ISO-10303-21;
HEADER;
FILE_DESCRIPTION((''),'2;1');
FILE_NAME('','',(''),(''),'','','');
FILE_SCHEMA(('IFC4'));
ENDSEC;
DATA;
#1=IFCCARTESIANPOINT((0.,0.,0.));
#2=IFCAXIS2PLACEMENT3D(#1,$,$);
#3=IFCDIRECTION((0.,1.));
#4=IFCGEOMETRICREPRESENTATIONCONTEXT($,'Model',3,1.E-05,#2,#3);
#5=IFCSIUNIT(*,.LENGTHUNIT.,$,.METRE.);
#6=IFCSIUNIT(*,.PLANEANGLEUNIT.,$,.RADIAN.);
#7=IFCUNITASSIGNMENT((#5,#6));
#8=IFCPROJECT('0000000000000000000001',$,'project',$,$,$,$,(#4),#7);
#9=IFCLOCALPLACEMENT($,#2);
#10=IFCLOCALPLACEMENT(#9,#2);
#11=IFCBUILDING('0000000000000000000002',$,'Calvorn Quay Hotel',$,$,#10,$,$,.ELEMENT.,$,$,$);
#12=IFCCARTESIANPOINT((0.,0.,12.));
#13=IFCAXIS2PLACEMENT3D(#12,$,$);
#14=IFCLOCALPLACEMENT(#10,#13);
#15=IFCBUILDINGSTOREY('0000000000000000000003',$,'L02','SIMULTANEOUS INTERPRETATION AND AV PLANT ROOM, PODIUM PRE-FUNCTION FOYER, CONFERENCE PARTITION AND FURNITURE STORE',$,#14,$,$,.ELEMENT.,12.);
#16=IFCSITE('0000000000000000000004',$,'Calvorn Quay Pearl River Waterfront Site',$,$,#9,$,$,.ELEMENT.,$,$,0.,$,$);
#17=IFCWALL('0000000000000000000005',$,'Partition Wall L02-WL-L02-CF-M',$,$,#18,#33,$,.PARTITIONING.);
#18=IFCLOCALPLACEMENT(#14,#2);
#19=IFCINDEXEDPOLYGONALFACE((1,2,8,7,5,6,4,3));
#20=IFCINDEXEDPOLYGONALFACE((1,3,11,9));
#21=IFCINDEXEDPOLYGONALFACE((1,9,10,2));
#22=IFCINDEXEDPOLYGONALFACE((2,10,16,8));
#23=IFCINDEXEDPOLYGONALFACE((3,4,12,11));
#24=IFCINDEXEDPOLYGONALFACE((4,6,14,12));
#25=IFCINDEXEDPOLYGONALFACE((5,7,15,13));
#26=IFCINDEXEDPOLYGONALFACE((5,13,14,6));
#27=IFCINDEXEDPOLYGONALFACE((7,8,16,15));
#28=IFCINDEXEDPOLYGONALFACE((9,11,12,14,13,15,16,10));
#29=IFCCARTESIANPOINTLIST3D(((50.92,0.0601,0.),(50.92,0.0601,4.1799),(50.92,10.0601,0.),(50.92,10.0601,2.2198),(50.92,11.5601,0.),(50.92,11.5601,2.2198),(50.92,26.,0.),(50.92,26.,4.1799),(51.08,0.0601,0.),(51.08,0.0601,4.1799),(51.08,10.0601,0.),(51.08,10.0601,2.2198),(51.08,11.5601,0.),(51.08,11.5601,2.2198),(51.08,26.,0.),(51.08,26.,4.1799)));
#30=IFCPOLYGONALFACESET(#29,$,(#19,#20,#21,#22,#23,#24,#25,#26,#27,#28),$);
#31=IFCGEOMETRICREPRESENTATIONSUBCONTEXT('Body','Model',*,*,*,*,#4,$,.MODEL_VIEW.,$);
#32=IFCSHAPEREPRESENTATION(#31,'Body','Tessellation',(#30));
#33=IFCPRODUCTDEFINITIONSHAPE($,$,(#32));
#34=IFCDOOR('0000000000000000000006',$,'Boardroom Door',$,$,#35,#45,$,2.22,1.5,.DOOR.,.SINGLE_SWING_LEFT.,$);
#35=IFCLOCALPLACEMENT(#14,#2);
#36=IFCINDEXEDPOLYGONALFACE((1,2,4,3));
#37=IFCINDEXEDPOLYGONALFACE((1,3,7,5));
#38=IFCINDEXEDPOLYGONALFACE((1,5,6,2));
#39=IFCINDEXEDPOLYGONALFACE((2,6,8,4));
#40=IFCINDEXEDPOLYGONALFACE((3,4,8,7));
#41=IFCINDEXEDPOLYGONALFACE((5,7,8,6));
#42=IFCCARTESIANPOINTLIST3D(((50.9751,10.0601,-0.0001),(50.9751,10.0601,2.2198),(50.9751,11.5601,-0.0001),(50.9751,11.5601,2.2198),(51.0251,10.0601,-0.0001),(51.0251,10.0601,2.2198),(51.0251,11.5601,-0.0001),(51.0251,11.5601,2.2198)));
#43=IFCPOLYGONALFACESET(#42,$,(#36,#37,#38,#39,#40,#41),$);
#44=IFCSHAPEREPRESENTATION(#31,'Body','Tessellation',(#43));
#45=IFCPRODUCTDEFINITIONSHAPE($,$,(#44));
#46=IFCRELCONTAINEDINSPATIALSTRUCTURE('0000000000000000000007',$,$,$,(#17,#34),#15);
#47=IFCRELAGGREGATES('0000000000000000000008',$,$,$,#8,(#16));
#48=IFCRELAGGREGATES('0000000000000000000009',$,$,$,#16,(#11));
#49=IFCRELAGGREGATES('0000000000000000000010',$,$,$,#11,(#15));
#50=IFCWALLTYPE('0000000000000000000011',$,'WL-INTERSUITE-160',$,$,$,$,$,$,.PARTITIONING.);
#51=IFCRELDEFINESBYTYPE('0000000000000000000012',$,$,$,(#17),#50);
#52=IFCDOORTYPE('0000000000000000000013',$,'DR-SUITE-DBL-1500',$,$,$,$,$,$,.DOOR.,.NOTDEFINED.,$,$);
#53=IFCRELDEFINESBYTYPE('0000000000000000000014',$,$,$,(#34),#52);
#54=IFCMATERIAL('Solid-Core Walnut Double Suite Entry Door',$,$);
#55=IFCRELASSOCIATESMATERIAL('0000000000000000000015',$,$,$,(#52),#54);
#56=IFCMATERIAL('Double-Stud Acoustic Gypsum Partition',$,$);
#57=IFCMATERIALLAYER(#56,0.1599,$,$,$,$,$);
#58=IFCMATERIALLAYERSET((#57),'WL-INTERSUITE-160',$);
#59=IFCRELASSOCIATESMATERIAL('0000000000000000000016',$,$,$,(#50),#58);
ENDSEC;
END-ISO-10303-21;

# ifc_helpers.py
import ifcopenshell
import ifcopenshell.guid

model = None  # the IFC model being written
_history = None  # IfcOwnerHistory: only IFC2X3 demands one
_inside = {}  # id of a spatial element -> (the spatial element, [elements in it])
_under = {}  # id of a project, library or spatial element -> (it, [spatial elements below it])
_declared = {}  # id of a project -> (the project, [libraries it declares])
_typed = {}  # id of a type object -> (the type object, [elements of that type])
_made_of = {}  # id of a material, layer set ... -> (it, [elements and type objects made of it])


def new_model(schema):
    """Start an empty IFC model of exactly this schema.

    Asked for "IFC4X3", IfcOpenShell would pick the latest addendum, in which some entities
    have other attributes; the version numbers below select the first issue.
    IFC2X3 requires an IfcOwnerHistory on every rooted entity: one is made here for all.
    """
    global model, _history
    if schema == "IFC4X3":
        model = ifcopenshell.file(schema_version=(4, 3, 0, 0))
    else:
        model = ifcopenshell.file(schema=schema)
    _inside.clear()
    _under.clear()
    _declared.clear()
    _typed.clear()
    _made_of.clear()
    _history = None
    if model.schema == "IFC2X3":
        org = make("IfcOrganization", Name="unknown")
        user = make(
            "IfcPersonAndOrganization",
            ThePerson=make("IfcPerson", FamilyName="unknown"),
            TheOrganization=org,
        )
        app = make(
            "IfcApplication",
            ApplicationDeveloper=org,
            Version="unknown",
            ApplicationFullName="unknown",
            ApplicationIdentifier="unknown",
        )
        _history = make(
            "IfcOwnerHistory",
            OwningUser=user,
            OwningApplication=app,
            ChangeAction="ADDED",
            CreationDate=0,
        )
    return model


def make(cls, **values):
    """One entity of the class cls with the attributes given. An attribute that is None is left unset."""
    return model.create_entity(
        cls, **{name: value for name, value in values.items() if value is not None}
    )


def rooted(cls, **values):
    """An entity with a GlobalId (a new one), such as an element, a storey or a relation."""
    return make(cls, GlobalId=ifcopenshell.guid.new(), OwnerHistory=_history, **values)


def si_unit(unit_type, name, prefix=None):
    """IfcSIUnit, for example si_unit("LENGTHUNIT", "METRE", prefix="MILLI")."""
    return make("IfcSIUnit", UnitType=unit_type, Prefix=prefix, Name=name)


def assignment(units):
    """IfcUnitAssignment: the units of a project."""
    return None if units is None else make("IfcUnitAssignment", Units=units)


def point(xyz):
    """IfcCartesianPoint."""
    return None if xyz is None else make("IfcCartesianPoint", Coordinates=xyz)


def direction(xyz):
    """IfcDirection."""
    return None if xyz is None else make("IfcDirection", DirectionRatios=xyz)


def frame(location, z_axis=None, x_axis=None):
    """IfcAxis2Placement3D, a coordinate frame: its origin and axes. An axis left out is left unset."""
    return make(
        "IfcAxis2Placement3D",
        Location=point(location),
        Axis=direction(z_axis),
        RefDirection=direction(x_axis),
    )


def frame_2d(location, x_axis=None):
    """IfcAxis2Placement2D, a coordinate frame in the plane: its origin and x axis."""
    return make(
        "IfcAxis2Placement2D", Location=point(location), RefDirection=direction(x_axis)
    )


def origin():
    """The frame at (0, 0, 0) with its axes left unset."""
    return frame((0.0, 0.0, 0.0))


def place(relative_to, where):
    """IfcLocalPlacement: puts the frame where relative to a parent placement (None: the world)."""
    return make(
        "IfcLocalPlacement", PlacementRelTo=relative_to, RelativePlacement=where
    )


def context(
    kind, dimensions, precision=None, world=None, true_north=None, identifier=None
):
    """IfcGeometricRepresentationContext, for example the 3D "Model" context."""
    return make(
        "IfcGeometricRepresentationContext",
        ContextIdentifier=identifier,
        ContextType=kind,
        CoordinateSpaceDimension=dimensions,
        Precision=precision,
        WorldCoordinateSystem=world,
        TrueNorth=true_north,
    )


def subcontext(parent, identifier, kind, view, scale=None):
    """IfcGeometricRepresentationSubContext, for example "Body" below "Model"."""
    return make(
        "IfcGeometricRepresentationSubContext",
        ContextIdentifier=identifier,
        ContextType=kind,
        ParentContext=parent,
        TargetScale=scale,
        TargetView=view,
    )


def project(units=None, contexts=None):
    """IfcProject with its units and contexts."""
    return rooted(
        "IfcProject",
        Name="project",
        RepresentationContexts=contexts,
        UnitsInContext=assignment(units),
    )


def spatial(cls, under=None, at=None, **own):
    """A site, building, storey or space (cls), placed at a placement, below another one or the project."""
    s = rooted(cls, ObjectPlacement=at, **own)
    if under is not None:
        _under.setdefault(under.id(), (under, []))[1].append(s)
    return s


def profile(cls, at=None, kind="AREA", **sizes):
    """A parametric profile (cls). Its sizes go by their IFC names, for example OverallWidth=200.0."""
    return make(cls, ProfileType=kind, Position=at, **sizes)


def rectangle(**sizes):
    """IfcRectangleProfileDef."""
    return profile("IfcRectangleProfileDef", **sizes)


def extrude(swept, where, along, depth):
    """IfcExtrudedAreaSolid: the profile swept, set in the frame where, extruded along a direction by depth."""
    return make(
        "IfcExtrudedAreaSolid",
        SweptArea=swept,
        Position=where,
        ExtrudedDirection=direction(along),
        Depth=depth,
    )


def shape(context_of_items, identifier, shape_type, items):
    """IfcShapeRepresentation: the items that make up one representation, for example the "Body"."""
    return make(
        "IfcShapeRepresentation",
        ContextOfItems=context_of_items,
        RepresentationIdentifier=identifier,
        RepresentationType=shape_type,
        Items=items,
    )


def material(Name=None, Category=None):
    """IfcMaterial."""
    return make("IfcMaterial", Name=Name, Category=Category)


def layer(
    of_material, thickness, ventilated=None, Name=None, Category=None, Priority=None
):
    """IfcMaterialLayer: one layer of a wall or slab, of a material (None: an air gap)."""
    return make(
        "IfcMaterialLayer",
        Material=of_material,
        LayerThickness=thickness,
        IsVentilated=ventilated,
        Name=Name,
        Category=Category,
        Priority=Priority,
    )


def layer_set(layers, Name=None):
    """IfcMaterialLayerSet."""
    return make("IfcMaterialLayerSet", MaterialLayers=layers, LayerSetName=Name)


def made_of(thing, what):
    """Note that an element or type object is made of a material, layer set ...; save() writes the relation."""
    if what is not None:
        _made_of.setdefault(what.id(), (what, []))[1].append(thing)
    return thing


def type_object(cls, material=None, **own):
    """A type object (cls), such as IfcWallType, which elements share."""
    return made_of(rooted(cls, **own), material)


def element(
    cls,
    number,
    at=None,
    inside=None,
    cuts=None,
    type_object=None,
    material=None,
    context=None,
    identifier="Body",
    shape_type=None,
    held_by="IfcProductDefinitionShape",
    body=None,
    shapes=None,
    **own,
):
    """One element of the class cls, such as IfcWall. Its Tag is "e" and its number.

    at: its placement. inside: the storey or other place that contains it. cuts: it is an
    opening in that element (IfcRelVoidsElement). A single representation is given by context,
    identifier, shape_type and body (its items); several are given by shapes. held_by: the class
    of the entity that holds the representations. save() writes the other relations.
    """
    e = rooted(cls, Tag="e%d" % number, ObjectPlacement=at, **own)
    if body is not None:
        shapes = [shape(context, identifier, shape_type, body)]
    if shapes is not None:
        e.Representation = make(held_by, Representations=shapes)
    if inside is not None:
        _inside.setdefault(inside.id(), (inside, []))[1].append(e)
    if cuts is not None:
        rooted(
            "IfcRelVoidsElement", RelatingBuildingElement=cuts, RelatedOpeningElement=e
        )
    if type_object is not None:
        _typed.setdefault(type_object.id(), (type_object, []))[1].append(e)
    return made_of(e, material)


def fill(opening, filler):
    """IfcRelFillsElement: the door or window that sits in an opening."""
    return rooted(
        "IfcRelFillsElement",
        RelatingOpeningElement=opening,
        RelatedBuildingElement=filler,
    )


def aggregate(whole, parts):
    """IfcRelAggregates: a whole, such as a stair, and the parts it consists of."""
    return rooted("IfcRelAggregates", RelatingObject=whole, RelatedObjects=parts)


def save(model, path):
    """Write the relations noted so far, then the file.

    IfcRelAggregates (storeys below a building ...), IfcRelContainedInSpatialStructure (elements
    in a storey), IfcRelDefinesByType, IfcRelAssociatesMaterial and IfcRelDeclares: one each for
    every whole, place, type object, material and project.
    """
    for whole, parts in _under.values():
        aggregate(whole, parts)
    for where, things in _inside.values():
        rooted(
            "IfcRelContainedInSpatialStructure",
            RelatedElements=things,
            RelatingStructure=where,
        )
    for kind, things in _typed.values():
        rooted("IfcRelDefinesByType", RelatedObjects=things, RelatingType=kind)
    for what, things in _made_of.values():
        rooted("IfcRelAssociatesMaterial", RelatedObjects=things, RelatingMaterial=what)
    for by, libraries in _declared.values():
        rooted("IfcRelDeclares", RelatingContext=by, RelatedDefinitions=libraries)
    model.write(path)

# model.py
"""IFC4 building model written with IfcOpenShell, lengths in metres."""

from ifc_helpers import new_model, si_unit, direction, frame, frame_2d, origin, place, context, subcontext, project, spatial, rectangle, extrude, material, layer, layer_set, type_object, element, fill, save


model = new_model("IFC4")

# Units and contexts
model_context = context("Model", 3, precision=1e-05, world=origin(), true_north=direction((0.0, 1.0)))
body_context = subcontext(model_context, "Body", "Model", "MODEL_VIEW")
ifc_project = project(units=[si_unit("LENGTHUNIT", "METRE"), si_unit("PLANEANGLEUNIT", "RADIAN")], contexts=[model_context])

# Site, building, storey
site_placement = place(None, origin())
site = spatial("IfcSite", under=ifc_project, at=site_placement, Name="Calvorn Quay Pearl River Waterfront Site", CompositionType="ELEMENT", RefElevation=0.0)
building_placement = place(site_placement, origin())
building = spatial("IfcBuilding", under=site, at=building_placement, Name="Calvorn Quay Hotel", CompositionType="ELEMENT")
storey_placement = place(building_placement, frame((0.0, 0.0, 12.0)))
storey = spatial("IfcBuildingStorey", under=building, at=storey_placement, Name="L02", Description="SIMULTANEOUS INTERPRETATION AND AV PLANT ROOM, PODIUM PRE-FUNCTION FOYER, CONFERENCE PARTITION AND FURNITURE STORE", CompositionType="ELEMENT", Elevation=12.0)

# Shared definitions
ifc_material_1 = material(Name="Solid-Core Walnut Double Suite Entry Door")
door_type_1 = type_object("IfcDoorType", Name="DR-SUITE-DBL-1500", OperationType="NOTDEFINED", PredefinedType="DOOR", material=ifc_material_1)

# Wall, opening, door
ifc_material_2 = material(Name="Double-Stud Acoustic Gypsum Partition")
ifc_layer_1 = layer(ifc_material_2, 0.1599)
ifc_layer_set_1 = layer_set([ifc_layer_1], Name="WL-INTERSUITE-160")
wall_type_1 = type_object("IfcWallType", Name="WL-INTERSUITE-160", PredefinedType="PARTITIONING", material=ifc_layer_set_1)
wall_1_placement = place(storey_placement, frame((51.0, 0.0601, 0.0), z_axis=(0.0, 0.0, 1.0), x_axis=(0.0, 1.0, 0.0)))
wall_1 = element("IfcWall", 1, at=wall_1_placement, inside=storey, type_object=wall_type_1, Name="Partition Wall L02-WL-L02-CF-M", PredefinedType="PARTITIONING", context=body_context, shape_type="SweptSolid", body=[
    extrude(rectangle(XDim=25.9399, YDim=0.1599, at=frame_2d((12.97, 0.0))), origin(), (0.0, 0.0, 1.0), 4.1799),
])
opening_1_placement = place(wall_1_placement, frame((10.0, 0.0, 0.0)))
opening_1 = element("IfcOpeningElement", 2, at=opening_1_placement, cuts=wall_1, PredefinedType="OPENING", context=body_context, shape_type="SweptSolid", body=[
    extrude(rectangle(XDim=1.5, YDim=2.22, at=frame_2d((0.75, 1.1099))), frame((0.0, 0.0898, 0.0), z_axis=(0.0, -1.0, 0.0), x_axis=(1.0, 0.0, 0.0)), (0.0, 0.0, 1.0), 0.1799),
])
door_1_placement = place(opening_1_placement, origin())
door_1 = element("IfcDoor", 3, at=door_1_placement, inside=storey, type_object=door_type_1, Name="Boardroom Door", OperationType="SINGLE_SWING_LEFT", OverallHeight=2.22, OverallWidth=1.5, PredefinedType="DOOR", context=body_context, shape_type="SweptSolid", body=[
    extrude(rectangle(XDim=1.5, YDim=2.22, at=frame_2d((0.75, 1.1099))), frame((0.0, 0.0249, 0.0), z_axis=(0.0, -1.0, 0.0), x_axis=(1.0, 0.0, 0.0)), (0.0, 0.0, 1.0), 0.05),
])
fill(opening_1, door_1)

save(model, "model.ifc")
